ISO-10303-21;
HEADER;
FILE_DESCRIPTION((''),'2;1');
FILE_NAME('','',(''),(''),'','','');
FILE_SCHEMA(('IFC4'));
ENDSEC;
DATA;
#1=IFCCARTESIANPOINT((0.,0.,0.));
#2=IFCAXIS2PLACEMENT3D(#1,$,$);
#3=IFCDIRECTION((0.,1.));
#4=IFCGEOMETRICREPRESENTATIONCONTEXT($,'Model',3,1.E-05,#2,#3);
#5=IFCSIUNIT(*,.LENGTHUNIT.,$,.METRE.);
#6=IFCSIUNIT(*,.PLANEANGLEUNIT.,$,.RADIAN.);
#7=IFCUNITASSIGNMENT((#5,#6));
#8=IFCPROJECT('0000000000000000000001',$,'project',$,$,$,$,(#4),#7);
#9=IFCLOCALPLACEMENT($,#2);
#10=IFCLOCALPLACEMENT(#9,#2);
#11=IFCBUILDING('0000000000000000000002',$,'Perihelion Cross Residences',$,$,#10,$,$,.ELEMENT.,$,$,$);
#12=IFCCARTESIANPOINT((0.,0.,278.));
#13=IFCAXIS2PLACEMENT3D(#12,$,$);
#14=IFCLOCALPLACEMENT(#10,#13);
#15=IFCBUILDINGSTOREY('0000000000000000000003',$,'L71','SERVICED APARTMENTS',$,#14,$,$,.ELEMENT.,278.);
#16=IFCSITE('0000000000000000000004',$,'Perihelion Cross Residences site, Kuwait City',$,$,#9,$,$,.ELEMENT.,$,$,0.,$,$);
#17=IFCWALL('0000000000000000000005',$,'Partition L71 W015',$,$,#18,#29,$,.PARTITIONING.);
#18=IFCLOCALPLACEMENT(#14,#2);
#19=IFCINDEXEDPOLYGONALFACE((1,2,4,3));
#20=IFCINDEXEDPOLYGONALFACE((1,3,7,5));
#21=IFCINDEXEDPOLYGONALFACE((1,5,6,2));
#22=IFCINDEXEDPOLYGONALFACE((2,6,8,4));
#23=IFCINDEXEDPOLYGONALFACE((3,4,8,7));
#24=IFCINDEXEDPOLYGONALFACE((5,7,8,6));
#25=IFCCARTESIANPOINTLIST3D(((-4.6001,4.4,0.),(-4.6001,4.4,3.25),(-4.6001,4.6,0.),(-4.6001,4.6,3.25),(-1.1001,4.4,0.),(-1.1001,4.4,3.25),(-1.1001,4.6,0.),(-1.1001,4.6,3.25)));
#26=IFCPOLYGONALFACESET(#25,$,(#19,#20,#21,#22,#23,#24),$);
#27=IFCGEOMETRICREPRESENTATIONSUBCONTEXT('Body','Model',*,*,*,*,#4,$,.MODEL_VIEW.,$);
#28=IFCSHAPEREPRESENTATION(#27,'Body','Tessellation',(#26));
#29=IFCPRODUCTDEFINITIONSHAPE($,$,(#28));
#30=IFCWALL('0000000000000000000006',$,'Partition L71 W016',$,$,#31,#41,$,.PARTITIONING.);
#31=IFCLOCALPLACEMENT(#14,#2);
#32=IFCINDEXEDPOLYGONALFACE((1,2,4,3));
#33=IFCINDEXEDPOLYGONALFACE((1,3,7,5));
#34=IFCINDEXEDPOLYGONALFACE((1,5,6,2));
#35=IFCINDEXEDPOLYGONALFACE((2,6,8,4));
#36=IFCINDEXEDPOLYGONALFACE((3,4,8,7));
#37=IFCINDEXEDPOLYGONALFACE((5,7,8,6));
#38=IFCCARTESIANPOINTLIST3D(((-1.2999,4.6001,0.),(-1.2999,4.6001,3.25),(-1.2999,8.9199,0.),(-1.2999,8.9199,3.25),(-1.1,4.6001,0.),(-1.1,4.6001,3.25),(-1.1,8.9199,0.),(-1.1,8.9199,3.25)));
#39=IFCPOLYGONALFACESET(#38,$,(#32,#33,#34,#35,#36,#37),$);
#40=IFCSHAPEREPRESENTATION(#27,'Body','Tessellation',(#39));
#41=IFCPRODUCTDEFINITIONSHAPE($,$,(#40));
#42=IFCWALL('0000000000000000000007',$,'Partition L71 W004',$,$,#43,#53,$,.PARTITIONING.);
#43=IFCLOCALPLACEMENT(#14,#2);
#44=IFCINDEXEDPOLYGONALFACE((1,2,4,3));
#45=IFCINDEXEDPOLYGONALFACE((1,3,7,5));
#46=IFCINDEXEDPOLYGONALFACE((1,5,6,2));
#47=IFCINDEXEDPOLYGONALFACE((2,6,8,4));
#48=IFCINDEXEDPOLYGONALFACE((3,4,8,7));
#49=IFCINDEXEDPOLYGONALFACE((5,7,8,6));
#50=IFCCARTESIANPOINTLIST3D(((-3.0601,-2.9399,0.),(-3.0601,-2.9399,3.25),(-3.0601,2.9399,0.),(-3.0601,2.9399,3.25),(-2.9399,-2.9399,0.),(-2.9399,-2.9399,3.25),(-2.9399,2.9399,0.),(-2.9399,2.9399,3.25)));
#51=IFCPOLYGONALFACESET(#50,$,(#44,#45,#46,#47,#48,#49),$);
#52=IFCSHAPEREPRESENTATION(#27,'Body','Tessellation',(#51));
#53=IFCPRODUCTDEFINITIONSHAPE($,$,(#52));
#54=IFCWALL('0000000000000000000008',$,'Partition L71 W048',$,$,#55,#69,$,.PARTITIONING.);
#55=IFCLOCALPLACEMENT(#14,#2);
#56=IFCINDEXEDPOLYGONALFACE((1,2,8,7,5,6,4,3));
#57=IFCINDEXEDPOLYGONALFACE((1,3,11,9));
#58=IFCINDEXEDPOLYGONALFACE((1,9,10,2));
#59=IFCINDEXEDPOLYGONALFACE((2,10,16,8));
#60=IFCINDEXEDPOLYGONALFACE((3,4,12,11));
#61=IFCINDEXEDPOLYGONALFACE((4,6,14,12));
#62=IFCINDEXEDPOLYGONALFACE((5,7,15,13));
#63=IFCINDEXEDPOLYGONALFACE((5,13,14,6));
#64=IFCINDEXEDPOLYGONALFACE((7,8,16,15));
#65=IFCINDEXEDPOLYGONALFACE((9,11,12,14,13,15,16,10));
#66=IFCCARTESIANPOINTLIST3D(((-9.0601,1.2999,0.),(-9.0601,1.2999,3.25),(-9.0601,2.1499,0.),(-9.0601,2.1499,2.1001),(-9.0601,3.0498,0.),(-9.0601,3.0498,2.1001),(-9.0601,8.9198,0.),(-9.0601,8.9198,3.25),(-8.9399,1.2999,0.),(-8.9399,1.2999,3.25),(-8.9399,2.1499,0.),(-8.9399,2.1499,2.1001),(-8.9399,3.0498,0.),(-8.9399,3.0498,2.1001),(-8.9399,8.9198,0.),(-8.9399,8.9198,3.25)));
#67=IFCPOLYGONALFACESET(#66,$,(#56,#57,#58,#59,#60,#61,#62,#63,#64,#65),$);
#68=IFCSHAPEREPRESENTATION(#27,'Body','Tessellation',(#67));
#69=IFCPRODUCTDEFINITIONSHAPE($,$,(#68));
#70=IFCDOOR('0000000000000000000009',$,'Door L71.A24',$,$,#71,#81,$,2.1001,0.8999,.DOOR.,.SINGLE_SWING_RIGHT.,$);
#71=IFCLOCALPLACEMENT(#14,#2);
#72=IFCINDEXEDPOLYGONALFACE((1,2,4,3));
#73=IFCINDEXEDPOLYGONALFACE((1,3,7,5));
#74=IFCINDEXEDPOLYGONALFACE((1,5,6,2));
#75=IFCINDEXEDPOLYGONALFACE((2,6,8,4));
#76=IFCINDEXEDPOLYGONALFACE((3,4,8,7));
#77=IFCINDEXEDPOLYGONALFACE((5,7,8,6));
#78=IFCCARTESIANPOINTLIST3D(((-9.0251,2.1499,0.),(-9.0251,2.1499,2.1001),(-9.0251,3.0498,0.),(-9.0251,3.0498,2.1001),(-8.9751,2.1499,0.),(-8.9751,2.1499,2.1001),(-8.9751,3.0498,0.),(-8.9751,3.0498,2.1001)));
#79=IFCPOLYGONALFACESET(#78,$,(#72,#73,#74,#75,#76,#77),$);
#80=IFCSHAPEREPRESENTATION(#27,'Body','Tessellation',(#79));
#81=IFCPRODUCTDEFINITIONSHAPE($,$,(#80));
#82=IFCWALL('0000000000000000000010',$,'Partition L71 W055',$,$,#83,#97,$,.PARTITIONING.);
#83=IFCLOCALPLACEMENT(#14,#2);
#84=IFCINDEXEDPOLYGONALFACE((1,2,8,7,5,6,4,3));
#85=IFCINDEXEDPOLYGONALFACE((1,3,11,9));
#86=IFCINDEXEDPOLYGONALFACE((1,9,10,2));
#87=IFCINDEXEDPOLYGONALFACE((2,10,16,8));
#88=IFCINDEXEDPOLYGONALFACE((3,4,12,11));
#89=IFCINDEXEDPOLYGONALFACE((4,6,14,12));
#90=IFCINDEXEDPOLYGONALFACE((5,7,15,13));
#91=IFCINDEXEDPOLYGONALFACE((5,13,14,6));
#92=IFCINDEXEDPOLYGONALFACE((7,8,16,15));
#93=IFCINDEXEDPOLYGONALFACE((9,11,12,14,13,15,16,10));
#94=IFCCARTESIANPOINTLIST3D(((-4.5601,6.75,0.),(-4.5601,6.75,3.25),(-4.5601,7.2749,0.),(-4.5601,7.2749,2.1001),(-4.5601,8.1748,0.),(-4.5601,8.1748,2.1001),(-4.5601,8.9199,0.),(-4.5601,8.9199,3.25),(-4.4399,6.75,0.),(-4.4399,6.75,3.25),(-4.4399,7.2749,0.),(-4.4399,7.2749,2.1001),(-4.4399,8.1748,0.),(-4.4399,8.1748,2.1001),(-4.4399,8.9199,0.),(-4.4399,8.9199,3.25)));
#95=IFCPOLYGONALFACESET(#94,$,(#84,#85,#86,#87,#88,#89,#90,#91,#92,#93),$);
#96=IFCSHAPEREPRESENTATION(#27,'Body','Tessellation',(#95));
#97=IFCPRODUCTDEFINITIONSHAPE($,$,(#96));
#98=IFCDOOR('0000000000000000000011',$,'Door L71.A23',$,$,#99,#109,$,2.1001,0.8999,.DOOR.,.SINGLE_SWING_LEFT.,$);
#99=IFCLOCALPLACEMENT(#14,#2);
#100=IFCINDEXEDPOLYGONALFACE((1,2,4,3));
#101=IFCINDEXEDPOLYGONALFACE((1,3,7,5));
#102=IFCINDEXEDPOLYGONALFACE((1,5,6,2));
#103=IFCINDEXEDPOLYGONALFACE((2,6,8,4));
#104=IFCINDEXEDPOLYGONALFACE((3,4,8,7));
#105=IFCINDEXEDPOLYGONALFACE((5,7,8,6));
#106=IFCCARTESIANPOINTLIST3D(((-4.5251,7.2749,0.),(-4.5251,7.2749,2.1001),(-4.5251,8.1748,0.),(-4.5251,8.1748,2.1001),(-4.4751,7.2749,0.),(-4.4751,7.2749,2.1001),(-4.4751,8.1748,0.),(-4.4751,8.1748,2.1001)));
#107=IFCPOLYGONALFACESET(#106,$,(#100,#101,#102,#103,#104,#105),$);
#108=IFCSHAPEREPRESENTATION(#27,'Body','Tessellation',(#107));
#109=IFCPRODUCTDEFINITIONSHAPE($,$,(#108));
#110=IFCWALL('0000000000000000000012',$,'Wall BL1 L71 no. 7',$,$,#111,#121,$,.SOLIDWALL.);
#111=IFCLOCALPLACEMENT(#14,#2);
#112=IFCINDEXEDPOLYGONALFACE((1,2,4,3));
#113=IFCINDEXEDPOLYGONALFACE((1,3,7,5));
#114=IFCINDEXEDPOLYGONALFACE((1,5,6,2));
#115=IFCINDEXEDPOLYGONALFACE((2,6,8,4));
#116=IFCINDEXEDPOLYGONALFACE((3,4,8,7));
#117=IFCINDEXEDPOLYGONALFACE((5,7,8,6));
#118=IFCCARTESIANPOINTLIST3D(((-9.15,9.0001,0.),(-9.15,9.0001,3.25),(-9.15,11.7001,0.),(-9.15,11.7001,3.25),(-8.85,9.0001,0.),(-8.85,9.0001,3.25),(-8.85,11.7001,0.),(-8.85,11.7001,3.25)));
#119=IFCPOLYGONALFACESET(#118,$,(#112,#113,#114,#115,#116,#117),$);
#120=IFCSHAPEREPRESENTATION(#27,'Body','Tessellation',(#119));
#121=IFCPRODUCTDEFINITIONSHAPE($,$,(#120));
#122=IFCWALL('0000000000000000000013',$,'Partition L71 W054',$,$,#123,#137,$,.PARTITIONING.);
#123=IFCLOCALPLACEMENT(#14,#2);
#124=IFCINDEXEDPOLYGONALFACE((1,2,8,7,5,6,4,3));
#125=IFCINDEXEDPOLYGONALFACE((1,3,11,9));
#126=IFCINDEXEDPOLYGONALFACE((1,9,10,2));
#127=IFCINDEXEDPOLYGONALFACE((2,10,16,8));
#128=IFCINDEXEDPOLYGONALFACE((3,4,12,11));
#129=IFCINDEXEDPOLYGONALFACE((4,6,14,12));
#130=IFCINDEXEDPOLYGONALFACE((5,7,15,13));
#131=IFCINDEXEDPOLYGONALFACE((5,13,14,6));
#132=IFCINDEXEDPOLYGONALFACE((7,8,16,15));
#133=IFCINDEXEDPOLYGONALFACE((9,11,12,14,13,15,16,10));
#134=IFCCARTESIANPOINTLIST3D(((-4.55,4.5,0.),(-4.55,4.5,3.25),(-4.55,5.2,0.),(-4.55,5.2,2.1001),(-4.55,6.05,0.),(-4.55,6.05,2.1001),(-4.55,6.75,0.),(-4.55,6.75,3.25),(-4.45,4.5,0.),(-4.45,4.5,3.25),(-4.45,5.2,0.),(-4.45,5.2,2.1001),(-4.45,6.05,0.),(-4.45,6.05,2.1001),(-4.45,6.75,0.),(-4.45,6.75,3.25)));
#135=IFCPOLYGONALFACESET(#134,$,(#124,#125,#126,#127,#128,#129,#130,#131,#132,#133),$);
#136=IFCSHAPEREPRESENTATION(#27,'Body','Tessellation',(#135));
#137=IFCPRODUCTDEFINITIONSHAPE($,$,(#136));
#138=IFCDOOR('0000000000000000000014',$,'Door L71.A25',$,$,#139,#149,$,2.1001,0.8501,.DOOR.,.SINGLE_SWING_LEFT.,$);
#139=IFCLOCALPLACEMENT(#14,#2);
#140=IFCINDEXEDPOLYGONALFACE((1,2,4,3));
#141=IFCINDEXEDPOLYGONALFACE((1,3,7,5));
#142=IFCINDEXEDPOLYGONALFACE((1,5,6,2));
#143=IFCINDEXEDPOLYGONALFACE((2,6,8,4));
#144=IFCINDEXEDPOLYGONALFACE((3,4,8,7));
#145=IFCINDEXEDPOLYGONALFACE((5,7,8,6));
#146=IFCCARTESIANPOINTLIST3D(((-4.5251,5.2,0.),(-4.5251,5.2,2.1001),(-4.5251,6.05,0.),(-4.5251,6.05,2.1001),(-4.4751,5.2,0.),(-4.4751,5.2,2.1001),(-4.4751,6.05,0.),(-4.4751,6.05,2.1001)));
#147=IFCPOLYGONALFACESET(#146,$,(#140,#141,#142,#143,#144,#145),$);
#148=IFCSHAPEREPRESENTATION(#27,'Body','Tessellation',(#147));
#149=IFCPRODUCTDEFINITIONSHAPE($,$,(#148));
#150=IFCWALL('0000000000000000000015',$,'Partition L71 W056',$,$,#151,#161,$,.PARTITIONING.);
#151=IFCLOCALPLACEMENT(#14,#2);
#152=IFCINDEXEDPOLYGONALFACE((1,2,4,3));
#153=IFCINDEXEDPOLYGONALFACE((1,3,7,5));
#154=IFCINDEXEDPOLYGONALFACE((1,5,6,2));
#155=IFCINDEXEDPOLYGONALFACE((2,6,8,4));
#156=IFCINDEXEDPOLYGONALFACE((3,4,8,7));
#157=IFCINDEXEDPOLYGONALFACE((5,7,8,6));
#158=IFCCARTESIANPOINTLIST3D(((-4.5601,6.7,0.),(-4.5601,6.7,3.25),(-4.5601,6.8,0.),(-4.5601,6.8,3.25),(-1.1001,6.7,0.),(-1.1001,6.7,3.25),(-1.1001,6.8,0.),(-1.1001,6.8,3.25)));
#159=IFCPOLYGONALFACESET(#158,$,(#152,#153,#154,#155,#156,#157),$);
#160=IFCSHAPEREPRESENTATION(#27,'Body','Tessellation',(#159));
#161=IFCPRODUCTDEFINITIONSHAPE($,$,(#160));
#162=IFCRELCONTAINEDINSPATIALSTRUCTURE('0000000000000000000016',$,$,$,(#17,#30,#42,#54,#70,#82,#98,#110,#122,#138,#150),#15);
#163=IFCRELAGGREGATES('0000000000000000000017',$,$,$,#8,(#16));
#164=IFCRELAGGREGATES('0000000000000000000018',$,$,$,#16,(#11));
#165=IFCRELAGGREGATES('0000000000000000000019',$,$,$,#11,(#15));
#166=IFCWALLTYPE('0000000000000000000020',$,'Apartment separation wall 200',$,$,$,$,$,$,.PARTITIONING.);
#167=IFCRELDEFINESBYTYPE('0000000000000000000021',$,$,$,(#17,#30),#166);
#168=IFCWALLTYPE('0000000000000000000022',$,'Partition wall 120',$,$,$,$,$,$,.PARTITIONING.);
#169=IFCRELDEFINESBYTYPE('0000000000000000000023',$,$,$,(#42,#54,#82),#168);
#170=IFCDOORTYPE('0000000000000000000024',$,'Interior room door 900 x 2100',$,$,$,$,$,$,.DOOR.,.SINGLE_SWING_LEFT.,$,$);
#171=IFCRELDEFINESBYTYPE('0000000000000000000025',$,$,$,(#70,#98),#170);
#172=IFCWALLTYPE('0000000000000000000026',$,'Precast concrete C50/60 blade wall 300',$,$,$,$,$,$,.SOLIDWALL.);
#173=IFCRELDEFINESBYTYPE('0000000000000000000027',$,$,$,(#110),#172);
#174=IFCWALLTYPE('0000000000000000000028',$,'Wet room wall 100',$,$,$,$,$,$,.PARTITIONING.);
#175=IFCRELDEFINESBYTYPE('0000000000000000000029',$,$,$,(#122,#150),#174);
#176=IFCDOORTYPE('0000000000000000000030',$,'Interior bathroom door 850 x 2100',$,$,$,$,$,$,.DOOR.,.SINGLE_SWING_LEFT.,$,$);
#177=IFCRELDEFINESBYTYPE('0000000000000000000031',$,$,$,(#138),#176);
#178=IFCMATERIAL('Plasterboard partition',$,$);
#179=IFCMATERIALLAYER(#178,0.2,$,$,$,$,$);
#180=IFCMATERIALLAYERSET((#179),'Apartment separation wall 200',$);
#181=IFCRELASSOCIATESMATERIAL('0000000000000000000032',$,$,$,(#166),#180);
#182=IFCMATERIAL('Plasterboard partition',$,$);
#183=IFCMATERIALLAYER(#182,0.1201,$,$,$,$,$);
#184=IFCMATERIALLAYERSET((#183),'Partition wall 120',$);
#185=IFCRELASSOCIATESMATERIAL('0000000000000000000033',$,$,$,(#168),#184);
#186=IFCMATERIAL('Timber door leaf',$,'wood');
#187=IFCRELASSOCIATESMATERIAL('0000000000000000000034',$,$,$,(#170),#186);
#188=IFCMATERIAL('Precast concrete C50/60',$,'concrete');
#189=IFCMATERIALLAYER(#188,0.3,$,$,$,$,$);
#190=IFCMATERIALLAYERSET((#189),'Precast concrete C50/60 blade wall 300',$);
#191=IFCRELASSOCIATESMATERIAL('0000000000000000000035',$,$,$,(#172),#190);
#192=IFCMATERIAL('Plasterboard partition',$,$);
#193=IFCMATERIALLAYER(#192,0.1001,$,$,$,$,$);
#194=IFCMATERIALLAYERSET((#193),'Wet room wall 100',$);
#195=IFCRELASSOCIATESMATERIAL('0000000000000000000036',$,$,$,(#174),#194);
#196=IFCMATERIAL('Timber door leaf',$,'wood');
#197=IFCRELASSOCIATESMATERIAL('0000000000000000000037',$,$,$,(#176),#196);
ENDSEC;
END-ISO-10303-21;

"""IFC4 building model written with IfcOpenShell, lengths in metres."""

from ifc_helpers import new_model, si_unit, direction, frame, frame_2d, origin, place, context, subcontext, project, spatial, rectangle, extrude, material, layer, layer_set, type_object, element, fill, save


model = new_model("IFC4")

# Units and contexts
model_context = context("Model", 3, precision=1e-05, world=origin(), true_north=direction((0.0, 1.0)))
body_context = subcontext(model_context, "Body", "Model", "MODEL_VIEW")
ifc_project = project(units=[si_unit("LENGTHUNIT", "METRE"), si_unit("PLANEANGLEUNIT", "RADIAN")], contexts=[model_context])

# Site, building, storey
site_placement = place(None, origin())
site = spatial("IfcSite", under=ifc_project, at=site_placement, Name="Perihelion Cross Residences site, Kuwait City", CompositionType="ELEMENT", RefElevation=0.0)
building_placement = place(site_placement, origin())
building = spatial("IfcBuilding", under=site, at=building_placement, Name="Perihelion Cross Residences", CompositionType="ELEMENT")
storey_placement = place(building_placement, frame((0.0, 0.0, 278.0)))
storey = spatial("IfcBuildingStorey", under=building, at=storey_placement, Name="L71", Description="SERVICED APARTMENTS", CompositionType="ELEMENT", Elevation=278.0)

# Walls
ifc_material_1 = material(Name="Plasterboard partition")
ifc_layer_1 = layer(ifc_material_1, 0.2)
ifc_layer_set_1 = layer_set([ifc_layer_1], Name="Apartment separation wall 200")
wall_type_1 = type_object("IfcWallType", Name="Apartment separation wall 200", PredefinedType="PARTITIONING", material=ifc_layer_set_1)
wall_1_placement = place(storey_placement, frame((-4.6001, 4.5, 0.0), z_axis=(0.0, 0.0, 1.0), x_axis=(1.0, 0.0, 0.0)))
element("IfcWall", 1, at=wall_1_placement, inside=storey, type_object=wall_type_1, Name="Partition L71 W015", PredefinedType="PARTITIONING", context=body_context, shape_type="SweptSolid", body=[
    extrude(rectangle(XDim=3.5, YDim=0.2, at=frame_2d((1.75, 0.0))), origin(), (0.0, 0.0, 1.0), 3.25),
])
wall_2_placement = place(storey_placement, frame((-1.2, 4.6001, 0.0), z_axis=(0.0, 0.0, 1.0), x_axis=(0.0, 1.0, 0.0)))
element("IfcWall", 2, at=wall_2_placement, inside=storey, type_object=wall_type_1, Name="Partition L71 W016", PredefinedType="PARTITIONING", context=body_context, shape_type="SweptSolid", body=[
    extrude(rectangle(XDim=4.3198, YDim=0.2, at=frame_2d((2.1599, 0.0))), origin(), (0.0, 0.0, 1.0), 3.25),
])

# Wall
ifc_material_2 = material(Name="Plasterboard partition")
ifc_layer_2 = layer(ifc_material_2, 0.1201)
ifc_layer_set_2 = layer_set([ifc_layer_2], Name="Partition wall 120")
wall_type_2 = type_object("IfcWallType", Name="Partition wall 120", PredefinedType="PARTITIONING", material=ifc_layer_set_2)
wall_3_placement = place(storey_placement, frame((-3.0, 2.9399, 0.0), z_axis=(0.0, 0.0, 1.0), x_axis=(0.0, -1.0, 0.0)))
element("IfcWall", 3, at=wall_3_placement, inside=storey, type_object=wall_type_2, Name="Partition L71 W004", PredefinedType="PARTITIONING", context=body_context, shape_type="SweptSolid", body=[
    extrude(rectangle(XDim=5.8799, YDim=0.1201, at=frame_2d((2.9399, 0.0))), origin(), (0.0, 0.0, 1.0), 3.25),
])

# Walls, openings, doors
wall_4_placement = place(storey_placement, frame((-9.0, 8.9199, 0.0), z_axis=(0.0, 0.0, 1.0), x_axis=(0.0, -1.0, 0.0)))
wall_4 = element("IfcWall", 4, at=wall_4_placement, inside=storey, type_object=wall_type_2, Name="Partition L71 W048", PredefinedType="PARTITIONING", context=body_context, shape_type="SweptSolid", body=[
    extrude(rectangle(XDim=7.6199, YDim=0.1201, at=frame_2d((3.8101, 0.0))), origin(), (0.0, 0.0, 1.0), 3.25),
])
opening_1_placement = place(wall_4_placement, frame((5.8701, 0.0, 0.0)))
opening_1 = element("IfcOpeningElement", 5, at=opening_1_placement, cuts=wall_4, PredefinedType="OPENING", context=body_context, shape_type="SweptSolid", body=[
    extrude(rectangle(XDim=0.8999, YDim=2.1001, at=frame_2d((0.45, 1.05))), frame((0.0, 0.0701, 0.0), z_axis=(0.0, -1.0, 0.0), x_axis=(1.0, 0.0, 0.0)), (0.0, 0.0, 1.0), 0.1401),
])
ifc_material_3 = material(Name="Timber door leaf", Category="wood")
door_type_1 = type_object("IfcDoorType", Name="Interior room door 900 x 2100", OperationType="SINGLE_SWING_LEFT", PredefinedType="DOOR", material=ifc_material_3)
door_1_placement = place(opening_1_placement, origin())
door_1 = element("IfcDoor", 6, at=door_1_placement, inside=storey, type_object=door_type_1, Name="Door L71.A24", OperationType="SINGLE_SWING_RIGHT", OverallHeight=2.1001, OverallWidth=0.8999, PredefinedType="DOOR", context=body_context, shape_type="SweptSolid", body=[
    extrude(rectangle(XDim=0.8999, YDim=2.1001, at=frame_2d((0.45, 1.05))), frame((0.0, 0.0249, 0.0), z_axis=(0.0, -1.0, 0.0), x_axis=(1.0, 0.0, 0.0)), (0.0, 0.0, 1.0), 0.05),
])
fill(opening_1, door_1)
wall_5_placement = place(storey_placement, frame((-4.5, 8.9199, 0.0), z_axis=(0.0, 0.0, 1.0), x_axis=(0.0, -1.0, 0.0)))
wall_5 = element("IfcWall", 7, at=wall_5_placement, inside=storey, type_object=wall_type_2, Name="Partition L71 W055", PredefinedType="PARTITIONING", context=body_context, shape_type="SweptSolid", body=[
    extrude(rectangle(XDim=2.1699, YDim=0.1201, at=frame_2d((1.085, 0.0))), origin(), (0.0, 0.0, 1.0), 3.25),
])
opening_2_placement = place(wall_5_placement, frame((0.7451, 0.0, 0.0)))
opening_2 = element("IfcOpeningElement", 8, at=opening_2_placement, cuts=wall_5, PredefinedType="OPENING", context=body_context, shape_type="SweptSolid", body=[
    extrude(rectangle(XDim=0.8999, YDim=2.1001, at=frame_2d((0.45, 1.05))), frame((0.0, 0.0701, 0.0), z_axis=(0.0, -1.0, 0.0), x_axis=(1.0, 0.0, 0.0)), (0.0, 0.0, 1.0), 0.1401),
])
door_2_placement = place(opening_2_placement, origin())
door_2 = element("IfcDoor", 9, at=door_2_placement, inside=storey, type_object=door_type_1, Name="Door L71.A23", OperationType="SINGLE_SWING_LEFT", OverallHeight=2.1001, OverallWidth=0.8999, PredefinedType="DOOR", context=body_context, shape_type="SweptSolid", body=[
    extrude(rectangle(XDim=0.8999, YDim=2.1001, at=frame_2d((0.45, 1.05))), frame((0.0, 0.0249, 0.0), z_axis=(0.0, -1.0, 0.0), x_axis=(1.0, 0.0, 0.0)), (0.0, 0.0, 1.0), 0.05),
])
fill(opening_2, door_2)

# Wall
ifc_material_4 = material(Name="Precast concrete C50/60", Category="concrete")
ifc_layer_3 = layer(ifc_material_4, 0.3)
ifc_layer_set_3 = layer_set([ifc_layer_3], Name="Precast concrete C50/60 blade wall 300")
wall_type_3 = type_object("IfcWallType", Name="Precast concrete C50/60 blade wall 300", PredefinedType="SOLIDWALL", material=ifc_layer_set_3)
wall_6_placement = place(storey_placement, frame((-9.0, 9.0, 0.0), z_axis=(0.0, 0.0, 1.0), x_axis=(0.0, 1.0, 0.0)))
element("IfcWall", 10, at=wall_6_placement, inside=storey, type_object=wall_type_3, Name="Wall BL1 L71 no. 7", PredefinedType="SOLIDWALL", context=body_context, shape_type="SweptSolid", body=[
    extrude(rectangle(XDim=2.7, YDim=0.3, at=frame_2d((1.3501, 0.0))), origin(), (0.0, 0.0, 1.0), 3.25),
])

# Wall, opening, door
ifc_material_5 = material(Name="Plasterboard partition")
ifc_layer_4 = layer(ifc_material_5, 0.1001)
ifc_layer_set_4 = layer_set([ifc_layer_4], Name="Wet room wall 100")
wall_type_4 = type_object("IfcWallType", Name="Wet room wall 100", PredefinedType="PARTITIONING", material=ifc_layer_set_4)
wall_7_placement = place(storey_placement, frame((-4.5, 6.75, 0.0), z_axis=(0.0, 0.0, 1.0), x_axis=(0.0, -1.0, 0.0)))
wall_7 = element("IfcWall", 11, at=wall_7_placement, inside=storey, type_object=wall_type_4, Name="Partition L71 W054", PredefinedType="PARTITIONING", context=body_context, shape_type="SweptSolid", body=[
    extrude(rectangle(XDim=2.25, YDim=0.1001, at=frame_2d((1.125, 0.0))), origin(), (0.0, 0.0, 1.0), 3.25),
])
opening_3_placement = place(wall_7_placement, frame((0.7, 0.0, 0.0)))
opening_3 = element("IfcOpeningElement", 12, at=opening_3_placement, cuts=wall_7, PredefinedType="OPENING", context=body_context, shape_type="SweptSolid", body=[
    extrude(rectangle(XDim=0.8501, YDim=2.1001, at=frame_2d((0.425, 1.05))), frame((0.0, 0.0601, 0.0), z_axis=(0.0, -1.0, 0.0), x_axis=(1.0, 0.0, 0.0)), (0.0, 0.0, 1.0), 0.1201),
])
ifc_material_6 = material(Name="Timber door leaf", Category="wood")
door_type_2 = type_object("IfcDoorType", Name="Interior bathroom door 850 x 2100", OperationType="SINGLE_SWING_LEFT", PredefinedType="DOOR", material=ifc_material_6)
door_3_placement = place(opening_3_placement, origin())
door_3 = element("IfcDoor", 13, at=door_3_placement, inside=storey, type_object=door_type_2, Name="Door L71.A25", OperationType="SINGLE_SWING_LEFT", OverallHeight=2.1001, OverallWidth=0.8501, PredefinedType="DOOR", context=body_context, shape_type="SweptSolid", body=[
    extrude(rectangle(XDim=0.8501, YDim=2.1001, at=frame_2d((0.425, 1.05))), frame((0.0, 0.0249, 0.0), z_axis=(0.0, -1.0, 0.0), x_axis=(1.0, 0.0, 0.0)), (0.0, 0.0, 1.0), 0.05),
])
fill(opening_3, door_3)

# Wall
wall_8_placement = place(storey_placement, frame((-4.5601, 6.75, 0.0), z_axis=(0.0, 0.0, 1.0), x_axis=(1.0, 0.0, 0.0)))
element("IfcWall", 14, at=wall_8_placement, inside=storey, type_object=wall_type_4, Name="Partition L71 W056", PredefinedType="PARTITIONING", context=body_context, shape_type="SweptSolid", body=[
    extrude(rectangle(XDim=3.46, YDim=0.1001, at=frame_2d((1.73, 0.0))), origin(), (0.0, 0.0, 1.0), 3.25),
])

save(model, "model.ifc")
